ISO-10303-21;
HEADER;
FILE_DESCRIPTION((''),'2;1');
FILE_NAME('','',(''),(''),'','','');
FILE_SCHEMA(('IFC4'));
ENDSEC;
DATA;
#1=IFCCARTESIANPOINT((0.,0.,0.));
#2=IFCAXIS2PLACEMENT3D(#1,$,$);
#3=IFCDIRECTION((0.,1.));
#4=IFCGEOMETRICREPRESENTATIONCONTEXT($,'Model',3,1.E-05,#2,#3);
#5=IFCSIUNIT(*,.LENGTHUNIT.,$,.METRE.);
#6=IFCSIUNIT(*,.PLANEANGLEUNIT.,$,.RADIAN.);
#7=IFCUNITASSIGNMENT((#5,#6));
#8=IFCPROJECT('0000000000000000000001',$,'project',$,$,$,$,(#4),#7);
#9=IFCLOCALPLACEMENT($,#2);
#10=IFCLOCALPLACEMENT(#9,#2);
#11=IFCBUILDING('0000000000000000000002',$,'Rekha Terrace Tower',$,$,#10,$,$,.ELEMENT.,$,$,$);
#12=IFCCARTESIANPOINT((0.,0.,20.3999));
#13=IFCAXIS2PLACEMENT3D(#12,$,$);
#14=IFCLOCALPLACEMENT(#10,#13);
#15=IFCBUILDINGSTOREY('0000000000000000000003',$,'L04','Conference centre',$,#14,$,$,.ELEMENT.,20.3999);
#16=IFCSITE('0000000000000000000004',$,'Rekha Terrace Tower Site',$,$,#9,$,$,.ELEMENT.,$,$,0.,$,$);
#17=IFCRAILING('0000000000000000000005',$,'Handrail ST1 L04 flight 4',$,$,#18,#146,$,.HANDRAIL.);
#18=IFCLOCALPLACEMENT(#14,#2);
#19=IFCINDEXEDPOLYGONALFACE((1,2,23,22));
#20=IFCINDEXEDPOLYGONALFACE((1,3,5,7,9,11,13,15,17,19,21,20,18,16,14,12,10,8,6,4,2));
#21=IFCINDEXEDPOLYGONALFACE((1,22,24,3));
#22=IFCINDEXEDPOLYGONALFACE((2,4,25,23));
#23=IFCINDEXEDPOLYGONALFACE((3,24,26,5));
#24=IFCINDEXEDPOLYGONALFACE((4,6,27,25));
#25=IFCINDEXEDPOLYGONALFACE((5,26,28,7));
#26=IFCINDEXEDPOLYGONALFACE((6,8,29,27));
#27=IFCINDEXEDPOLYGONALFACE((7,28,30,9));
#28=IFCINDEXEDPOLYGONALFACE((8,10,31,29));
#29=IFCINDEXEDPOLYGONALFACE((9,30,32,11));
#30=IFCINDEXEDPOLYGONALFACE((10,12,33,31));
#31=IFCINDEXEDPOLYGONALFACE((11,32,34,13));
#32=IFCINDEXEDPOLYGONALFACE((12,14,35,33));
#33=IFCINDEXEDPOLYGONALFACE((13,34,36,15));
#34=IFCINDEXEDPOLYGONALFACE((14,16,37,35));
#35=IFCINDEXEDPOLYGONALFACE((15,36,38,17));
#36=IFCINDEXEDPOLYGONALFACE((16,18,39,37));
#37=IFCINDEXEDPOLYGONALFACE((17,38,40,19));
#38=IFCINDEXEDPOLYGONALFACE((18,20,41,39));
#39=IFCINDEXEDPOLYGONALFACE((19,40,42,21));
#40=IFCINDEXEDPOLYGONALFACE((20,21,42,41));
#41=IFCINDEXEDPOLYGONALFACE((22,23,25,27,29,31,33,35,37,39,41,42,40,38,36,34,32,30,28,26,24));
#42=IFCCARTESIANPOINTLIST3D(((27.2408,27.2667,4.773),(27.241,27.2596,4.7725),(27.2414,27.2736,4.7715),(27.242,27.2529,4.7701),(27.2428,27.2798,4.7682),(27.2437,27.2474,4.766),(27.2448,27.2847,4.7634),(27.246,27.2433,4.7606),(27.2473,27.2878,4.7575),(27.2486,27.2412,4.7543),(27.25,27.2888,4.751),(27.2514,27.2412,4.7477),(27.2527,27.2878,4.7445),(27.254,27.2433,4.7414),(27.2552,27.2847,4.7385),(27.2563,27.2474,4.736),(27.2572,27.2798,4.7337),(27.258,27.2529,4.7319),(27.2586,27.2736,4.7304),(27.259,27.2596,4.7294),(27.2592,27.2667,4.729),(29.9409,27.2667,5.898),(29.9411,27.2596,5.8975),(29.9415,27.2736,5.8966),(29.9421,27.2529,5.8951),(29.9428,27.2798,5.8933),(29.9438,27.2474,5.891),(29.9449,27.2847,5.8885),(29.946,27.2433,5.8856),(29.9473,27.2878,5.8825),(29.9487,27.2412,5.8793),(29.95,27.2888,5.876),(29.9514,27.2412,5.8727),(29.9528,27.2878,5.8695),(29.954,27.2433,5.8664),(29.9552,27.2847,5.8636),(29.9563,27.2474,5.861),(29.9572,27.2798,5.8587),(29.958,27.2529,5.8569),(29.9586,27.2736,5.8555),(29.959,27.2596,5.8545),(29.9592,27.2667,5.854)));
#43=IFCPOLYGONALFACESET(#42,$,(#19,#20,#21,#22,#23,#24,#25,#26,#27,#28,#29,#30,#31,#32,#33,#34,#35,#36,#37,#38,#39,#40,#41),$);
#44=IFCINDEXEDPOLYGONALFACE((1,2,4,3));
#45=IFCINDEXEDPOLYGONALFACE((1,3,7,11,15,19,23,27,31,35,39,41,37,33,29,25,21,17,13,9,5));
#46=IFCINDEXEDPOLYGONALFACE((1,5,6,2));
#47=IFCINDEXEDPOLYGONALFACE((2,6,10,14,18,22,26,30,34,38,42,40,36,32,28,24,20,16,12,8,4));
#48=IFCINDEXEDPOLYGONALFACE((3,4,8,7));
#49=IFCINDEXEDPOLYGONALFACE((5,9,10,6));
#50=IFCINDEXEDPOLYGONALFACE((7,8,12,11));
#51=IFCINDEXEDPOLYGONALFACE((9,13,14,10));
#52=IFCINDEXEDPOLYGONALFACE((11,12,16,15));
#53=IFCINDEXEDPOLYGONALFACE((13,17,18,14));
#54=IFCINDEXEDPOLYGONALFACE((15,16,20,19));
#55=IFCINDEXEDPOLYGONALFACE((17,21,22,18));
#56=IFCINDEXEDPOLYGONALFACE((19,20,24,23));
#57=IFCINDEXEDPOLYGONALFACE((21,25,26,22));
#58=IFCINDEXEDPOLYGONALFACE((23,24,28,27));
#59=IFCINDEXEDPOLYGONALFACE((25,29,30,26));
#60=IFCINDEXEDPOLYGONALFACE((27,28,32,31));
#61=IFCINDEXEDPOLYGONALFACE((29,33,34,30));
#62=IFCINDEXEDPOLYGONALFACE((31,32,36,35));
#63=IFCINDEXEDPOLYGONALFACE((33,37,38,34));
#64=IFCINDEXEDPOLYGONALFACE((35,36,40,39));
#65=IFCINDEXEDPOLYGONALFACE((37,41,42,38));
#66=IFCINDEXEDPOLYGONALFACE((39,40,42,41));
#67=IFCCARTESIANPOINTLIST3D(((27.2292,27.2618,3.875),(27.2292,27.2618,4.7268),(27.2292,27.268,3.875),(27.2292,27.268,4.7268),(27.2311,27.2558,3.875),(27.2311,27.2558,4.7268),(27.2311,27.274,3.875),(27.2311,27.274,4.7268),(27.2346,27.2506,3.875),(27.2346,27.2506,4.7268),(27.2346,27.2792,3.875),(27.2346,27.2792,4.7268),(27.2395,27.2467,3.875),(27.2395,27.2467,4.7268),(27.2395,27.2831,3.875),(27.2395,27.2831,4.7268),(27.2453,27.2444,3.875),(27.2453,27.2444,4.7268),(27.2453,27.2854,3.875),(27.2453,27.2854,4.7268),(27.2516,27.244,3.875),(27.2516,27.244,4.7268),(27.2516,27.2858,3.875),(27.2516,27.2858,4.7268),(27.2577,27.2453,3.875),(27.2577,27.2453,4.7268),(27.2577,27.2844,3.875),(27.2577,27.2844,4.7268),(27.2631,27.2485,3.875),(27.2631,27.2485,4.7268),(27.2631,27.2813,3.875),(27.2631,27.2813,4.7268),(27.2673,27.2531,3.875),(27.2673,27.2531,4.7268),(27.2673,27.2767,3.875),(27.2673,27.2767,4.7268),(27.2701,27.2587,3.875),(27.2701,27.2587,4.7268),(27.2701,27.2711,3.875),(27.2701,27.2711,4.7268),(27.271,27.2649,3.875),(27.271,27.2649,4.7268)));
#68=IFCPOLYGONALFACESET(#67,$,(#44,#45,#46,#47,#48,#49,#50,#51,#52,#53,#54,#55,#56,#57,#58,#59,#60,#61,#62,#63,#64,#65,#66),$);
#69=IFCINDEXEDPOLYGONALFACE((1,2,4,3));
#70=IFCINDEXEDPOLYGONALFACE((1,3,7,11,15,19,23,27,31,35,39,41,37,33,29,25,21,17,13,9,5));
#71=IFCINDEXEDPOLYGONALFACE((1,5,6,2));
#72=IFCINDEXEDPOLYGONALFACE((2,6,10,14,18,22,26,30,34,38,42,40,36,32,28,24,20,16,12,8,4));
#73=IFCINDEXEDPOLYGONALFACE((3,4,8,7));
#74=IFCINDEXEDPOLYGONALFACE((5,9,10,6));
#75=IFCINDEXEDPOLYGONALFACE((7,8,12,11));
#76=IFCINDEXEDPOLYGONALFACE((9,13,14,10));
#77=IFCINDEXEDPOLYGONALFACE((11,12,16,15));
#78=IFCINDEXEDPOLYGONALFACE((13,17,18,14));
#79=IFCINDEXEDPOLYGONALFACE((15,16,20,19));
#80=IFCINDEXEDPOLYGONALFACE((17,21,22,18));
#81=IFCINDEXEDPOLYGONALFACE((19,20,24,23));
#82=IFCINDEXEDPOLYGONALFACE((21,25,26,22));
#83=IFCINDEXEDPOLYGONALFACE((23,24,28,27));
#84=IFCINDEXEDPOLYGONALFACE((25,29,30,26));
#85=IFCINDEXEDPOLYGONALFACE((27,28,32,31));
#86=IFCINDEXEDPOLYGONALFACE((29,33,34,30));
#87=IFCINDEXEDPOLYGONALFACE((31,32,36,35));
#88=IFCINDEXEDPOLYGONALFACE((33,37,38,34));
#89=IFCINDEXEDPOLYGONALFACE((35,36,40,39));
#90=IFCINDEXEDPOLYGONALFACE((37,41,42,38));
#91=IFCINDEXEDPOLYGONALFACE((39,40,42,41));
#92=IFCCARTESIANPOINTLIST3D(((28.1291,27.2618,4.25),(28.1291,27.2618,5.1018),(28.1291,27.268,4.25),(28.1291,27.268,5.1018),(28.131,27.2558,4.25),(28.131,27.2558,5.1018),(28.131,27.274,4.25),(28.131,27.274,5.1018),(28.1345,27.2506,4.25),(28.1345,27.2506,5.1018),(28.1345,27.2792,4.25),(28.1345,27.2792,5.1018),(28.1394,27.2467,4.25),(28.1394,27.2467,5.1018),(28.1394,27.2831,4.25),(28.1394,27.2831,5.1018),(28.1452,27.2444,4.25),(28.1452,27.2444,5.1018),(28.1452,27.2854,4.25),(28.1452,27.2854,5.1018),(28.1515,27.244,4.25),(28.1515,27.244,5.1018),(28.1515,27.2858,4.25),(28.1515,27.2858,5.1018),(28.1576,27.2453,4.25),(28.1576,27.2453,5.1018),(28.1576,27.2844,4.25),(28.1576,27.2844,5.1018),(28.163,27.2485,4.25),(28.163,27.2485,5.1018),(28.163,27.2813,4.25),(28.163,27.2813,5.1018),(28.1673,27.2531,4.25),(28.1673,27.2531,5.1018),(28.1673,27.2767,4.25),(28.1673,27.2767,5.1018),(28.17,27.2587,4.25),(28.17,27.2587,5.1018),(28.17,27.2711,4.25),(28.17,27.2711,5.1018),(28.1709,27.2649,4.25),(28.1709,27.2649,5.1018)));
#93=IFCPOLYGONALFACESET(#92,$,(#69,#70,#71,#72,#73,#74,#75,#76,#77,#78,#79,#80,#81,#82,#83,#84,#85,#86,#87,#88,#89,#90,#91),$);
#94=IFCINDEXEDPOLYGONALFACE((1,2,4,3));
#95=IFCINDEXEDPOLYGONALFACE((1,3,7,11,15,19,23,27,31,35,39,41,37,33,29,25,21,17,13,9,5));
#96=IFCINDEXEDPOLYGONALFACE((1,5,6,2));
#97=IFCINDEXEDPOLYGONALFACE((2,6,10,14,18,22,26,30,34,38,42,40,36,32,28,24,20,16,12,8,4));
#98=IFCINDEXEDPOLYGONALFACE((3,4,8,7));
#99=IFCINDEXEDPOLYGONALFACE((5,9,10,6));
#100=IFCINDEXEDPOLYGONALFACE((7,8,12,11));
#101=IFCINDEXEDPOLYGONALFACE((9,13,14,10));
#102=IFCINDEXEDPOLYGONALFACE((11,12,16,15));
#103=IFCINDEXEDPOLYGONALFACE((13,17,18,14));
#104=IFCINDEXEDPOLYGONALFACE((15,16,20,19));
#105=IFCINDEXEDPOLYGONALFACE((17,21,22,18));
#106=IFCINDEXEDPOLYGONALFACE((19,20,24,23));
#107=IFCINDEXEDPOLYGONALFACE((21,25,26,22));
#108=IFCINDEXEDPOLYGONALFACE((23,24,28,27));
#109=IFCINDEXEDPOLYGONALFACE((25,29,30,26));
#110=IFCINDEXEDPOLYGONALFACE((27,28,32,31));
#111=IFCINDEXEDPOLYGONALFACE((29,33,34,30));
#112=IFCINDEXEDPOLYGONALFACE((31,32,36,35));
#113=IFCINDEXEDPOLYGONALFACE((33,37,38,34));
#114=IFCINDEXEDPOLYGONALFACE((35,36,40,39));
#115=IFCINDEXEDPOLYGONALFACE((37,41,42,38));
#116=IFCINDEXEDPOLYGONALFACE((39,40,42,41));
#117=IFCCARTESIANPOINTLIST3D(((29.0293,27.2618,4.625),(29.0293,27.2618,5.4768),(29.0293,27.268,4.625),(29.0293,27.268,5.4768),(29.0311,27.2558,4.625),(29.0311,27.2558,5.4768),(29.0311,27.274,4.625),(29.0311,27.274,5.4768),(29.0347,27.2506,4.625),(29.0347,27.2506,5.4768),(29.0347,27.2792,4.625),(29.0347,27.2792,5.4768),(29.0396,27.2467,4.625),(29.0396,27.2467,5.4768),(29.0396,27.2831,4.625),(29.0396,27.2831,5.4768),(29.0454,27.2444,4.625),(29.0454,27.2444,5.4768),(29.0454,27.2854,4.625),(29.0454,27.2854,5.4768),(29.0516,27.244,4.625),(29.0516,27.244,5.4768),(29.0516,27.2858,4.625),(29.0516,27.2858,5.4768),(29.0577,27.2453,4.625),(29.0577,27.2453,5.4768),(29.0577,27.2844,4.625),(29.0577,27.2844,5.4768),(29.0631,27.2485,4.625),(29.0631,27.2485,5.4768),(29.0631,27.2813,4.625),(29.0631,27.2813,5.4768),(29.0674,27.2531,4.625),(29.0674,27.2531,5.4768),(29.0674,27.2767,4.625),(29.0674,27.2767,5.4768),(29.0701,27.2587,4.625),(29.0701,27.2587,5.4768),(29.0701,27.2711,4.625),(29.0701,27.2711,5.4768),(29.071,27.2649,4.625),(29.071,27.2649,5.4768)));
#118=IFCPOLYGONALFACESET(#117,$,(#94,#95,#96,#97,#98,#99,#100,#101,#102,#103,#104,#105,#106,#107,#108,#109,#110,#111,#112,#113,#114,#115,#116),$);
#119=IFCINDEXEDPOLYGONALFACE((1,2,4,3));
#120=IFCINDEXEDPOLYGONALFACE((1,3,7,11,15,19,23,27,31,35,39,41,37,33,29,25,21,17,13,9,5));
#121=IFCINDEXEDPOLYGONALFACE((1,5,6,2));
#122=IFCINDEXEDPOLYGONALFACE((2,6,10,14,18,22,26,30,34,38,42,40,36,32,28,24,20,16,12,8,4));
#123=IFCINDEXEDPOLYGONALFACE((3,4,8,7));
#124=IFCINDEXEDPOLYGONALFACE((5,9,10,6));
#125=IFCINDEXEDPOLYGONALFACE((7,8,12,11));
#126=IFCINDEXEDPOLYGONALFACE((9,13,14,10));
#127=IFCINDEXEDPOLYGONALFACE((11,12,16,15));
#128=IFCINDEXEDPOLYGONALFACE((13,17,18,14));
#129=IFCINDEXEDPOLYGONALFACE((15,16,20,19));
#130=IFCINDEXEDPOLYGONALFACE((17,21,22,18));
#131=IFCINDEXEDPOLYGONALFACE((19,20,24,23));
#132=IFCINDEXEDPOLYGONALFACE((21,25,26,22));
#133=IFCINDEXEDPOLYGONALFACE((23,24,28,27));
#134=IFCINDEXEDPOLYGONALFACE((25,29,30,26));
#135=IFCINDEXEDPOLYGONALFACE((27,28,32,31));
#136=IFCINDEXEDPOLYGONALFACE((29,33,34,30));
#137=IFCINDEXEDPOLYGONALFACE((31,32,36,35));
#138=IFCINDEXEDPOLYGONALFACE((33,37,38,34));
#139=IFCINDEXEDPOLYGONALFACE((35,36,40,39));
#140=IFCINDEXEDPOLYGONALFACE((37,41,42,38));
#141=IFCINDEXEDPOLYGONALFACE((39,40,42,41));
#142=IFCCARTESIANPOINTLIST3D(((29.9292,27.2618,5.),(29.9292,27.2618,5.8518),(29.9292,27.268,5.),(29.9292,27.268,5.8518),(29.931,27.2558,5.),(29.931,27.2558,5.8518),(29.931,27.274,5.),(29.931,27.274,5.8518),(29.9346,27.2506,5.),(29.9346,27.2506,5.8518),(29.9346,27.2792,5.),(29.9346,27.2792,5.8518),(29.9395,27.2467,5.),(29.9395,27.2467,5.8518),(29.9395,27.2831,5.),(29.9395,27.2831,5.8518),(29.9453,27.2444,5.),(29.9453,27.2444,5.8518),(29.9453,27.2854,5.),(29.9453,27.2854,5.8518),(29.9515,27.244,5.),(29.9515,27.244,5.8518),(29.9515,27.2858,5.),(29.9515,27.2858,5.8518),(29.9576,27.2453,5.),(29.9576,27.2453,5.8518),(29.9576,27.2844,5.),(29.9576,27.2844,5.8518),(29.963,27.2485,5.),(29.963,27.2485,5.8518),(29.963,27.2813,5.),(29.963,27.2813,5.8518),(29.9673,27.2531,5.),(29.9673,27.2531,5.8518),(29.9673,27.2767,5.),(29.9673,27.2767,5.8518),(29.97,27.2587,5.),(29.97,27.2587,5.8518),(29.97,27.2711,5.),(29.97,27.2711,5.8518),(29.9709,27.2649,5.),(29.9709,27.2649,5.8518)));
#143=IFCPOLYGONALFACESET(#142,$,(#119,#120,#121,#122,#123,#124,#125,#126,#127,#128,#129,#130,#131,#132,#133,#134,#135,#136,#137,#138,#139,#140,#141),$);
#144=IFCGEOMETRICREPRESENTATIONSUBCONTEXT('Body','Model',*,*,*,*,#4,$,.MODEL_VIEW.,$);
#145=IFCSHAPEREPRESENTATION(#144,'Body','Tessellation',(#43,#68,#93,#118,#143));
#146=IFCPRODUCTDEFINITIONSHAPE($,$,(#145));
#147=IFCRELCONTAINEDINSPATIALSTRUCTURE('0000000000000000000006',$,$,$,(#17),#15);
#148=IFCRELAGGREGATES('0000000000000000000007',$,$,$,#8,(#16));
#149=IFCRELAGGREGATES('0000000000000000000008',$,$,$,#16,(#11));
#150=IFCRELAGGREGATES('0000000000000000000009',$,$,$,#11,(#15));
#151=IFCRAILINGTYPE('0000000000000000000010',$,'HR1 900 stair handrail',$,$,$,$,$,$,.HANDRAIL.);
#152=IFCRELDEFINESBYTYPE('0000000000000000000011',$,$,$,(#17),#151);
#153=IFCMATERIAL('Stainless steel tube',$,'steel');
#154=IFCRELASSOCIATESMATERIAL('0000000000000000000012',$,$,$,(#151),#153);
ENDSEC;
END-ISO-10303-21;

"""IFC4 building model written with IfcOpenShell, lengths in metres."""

from ifc_helpers import new_model, si_unit, direction, frame, origin, origin_2d, place, context, subcontext, project, spatial, circle, extrude, material, type_object, element, save


model = new_model("IFC4")

# Units and contexts
model_context = context("Model", 3, precision=1e-05, world=origin(), true_north=direction((0.0, 1.0)))
body_context = subcontext(model_context, "Body", "Model", "MODEL_VIEW")
ifc_project = project(units=[si_unit("LENGTHUNIT", "METRE"), si_unit("PLANEANGLEUNIT", "RADIAN")], contexts=[model_context])

# Site, building, storey
site_placement = place(None, origin())
site = spatial("IfcSite", under=ifc_project, at=site_placement, Name="Rekha Terrace Tower Site", CompositionType="ELEMENT", RefElevation=0.0)
building_placement = place(site_placement, origin())
building = spatial("IfcBuilding", under=site, at=building_placement, Name="Rekha Terrace Tower", CompositionType="ELEMENT")
storey_placement = place(building_placement, frame((0.0, 0.0, 20.3999)))
storey = spatial("IfcBuildingStorey", under=building, at=storey_placement, Name="L04", Description="Conference centre", CompositionType="ELEMENT", Elevation=20.3999)

# Railing
ifc_material_1 = material(Name="Stainless steel tube", Category="steel")
railing_type_1 = type_object("IfcRailingType", Name="HR1 900 stair handrail", PredefinedType="HANDRAIL", material=ifc_material_1)
railing_1_placement = place(storey_placement, frame((27.25, 27.2649, 3.875)))
element("IfcRailing", 1, at=railing_1_placement, inside=storey, type_object=railing_type_1, Name="Handrail ST1 L04 flight 4", PredefinedType="HANDRAIL", context=body_context, shape_type="SweptSolid", body=[
    extrude(circle(Radius=0.0239, at=origin_2d()), frame((0.0, 0.0, 0.876), z_axis=(0.923074, 0.0, 0.384621), x_axis=(0.0, 1.0, 0.0)), (0.0, 0.0, 1.0), 2.925),
    extrude(circle(Radius=0.021, at=origin_2d()), origin(), (0.0, 0.0, 1.0), 0.8518),
    extrude(circle(Radius=0.021, at=origin_2d()), frame((0.8999, 0.0, 0.375)), (0.0, 0.0, 1.0), 0.8518),
    extrude(circle(Radius=0.021, at=origin_2d()), frame((1.8, 0.0, 0.75)), (0.0, 0.0, 1.0), 0.8518),
    extrude(circle(Radius=0.021, at=origin_2d()), frame((2.7, 0.0, 1.125)), (0.0, 0.0, 1.0), 0.8518),
])

save(model, "model.ifc")
